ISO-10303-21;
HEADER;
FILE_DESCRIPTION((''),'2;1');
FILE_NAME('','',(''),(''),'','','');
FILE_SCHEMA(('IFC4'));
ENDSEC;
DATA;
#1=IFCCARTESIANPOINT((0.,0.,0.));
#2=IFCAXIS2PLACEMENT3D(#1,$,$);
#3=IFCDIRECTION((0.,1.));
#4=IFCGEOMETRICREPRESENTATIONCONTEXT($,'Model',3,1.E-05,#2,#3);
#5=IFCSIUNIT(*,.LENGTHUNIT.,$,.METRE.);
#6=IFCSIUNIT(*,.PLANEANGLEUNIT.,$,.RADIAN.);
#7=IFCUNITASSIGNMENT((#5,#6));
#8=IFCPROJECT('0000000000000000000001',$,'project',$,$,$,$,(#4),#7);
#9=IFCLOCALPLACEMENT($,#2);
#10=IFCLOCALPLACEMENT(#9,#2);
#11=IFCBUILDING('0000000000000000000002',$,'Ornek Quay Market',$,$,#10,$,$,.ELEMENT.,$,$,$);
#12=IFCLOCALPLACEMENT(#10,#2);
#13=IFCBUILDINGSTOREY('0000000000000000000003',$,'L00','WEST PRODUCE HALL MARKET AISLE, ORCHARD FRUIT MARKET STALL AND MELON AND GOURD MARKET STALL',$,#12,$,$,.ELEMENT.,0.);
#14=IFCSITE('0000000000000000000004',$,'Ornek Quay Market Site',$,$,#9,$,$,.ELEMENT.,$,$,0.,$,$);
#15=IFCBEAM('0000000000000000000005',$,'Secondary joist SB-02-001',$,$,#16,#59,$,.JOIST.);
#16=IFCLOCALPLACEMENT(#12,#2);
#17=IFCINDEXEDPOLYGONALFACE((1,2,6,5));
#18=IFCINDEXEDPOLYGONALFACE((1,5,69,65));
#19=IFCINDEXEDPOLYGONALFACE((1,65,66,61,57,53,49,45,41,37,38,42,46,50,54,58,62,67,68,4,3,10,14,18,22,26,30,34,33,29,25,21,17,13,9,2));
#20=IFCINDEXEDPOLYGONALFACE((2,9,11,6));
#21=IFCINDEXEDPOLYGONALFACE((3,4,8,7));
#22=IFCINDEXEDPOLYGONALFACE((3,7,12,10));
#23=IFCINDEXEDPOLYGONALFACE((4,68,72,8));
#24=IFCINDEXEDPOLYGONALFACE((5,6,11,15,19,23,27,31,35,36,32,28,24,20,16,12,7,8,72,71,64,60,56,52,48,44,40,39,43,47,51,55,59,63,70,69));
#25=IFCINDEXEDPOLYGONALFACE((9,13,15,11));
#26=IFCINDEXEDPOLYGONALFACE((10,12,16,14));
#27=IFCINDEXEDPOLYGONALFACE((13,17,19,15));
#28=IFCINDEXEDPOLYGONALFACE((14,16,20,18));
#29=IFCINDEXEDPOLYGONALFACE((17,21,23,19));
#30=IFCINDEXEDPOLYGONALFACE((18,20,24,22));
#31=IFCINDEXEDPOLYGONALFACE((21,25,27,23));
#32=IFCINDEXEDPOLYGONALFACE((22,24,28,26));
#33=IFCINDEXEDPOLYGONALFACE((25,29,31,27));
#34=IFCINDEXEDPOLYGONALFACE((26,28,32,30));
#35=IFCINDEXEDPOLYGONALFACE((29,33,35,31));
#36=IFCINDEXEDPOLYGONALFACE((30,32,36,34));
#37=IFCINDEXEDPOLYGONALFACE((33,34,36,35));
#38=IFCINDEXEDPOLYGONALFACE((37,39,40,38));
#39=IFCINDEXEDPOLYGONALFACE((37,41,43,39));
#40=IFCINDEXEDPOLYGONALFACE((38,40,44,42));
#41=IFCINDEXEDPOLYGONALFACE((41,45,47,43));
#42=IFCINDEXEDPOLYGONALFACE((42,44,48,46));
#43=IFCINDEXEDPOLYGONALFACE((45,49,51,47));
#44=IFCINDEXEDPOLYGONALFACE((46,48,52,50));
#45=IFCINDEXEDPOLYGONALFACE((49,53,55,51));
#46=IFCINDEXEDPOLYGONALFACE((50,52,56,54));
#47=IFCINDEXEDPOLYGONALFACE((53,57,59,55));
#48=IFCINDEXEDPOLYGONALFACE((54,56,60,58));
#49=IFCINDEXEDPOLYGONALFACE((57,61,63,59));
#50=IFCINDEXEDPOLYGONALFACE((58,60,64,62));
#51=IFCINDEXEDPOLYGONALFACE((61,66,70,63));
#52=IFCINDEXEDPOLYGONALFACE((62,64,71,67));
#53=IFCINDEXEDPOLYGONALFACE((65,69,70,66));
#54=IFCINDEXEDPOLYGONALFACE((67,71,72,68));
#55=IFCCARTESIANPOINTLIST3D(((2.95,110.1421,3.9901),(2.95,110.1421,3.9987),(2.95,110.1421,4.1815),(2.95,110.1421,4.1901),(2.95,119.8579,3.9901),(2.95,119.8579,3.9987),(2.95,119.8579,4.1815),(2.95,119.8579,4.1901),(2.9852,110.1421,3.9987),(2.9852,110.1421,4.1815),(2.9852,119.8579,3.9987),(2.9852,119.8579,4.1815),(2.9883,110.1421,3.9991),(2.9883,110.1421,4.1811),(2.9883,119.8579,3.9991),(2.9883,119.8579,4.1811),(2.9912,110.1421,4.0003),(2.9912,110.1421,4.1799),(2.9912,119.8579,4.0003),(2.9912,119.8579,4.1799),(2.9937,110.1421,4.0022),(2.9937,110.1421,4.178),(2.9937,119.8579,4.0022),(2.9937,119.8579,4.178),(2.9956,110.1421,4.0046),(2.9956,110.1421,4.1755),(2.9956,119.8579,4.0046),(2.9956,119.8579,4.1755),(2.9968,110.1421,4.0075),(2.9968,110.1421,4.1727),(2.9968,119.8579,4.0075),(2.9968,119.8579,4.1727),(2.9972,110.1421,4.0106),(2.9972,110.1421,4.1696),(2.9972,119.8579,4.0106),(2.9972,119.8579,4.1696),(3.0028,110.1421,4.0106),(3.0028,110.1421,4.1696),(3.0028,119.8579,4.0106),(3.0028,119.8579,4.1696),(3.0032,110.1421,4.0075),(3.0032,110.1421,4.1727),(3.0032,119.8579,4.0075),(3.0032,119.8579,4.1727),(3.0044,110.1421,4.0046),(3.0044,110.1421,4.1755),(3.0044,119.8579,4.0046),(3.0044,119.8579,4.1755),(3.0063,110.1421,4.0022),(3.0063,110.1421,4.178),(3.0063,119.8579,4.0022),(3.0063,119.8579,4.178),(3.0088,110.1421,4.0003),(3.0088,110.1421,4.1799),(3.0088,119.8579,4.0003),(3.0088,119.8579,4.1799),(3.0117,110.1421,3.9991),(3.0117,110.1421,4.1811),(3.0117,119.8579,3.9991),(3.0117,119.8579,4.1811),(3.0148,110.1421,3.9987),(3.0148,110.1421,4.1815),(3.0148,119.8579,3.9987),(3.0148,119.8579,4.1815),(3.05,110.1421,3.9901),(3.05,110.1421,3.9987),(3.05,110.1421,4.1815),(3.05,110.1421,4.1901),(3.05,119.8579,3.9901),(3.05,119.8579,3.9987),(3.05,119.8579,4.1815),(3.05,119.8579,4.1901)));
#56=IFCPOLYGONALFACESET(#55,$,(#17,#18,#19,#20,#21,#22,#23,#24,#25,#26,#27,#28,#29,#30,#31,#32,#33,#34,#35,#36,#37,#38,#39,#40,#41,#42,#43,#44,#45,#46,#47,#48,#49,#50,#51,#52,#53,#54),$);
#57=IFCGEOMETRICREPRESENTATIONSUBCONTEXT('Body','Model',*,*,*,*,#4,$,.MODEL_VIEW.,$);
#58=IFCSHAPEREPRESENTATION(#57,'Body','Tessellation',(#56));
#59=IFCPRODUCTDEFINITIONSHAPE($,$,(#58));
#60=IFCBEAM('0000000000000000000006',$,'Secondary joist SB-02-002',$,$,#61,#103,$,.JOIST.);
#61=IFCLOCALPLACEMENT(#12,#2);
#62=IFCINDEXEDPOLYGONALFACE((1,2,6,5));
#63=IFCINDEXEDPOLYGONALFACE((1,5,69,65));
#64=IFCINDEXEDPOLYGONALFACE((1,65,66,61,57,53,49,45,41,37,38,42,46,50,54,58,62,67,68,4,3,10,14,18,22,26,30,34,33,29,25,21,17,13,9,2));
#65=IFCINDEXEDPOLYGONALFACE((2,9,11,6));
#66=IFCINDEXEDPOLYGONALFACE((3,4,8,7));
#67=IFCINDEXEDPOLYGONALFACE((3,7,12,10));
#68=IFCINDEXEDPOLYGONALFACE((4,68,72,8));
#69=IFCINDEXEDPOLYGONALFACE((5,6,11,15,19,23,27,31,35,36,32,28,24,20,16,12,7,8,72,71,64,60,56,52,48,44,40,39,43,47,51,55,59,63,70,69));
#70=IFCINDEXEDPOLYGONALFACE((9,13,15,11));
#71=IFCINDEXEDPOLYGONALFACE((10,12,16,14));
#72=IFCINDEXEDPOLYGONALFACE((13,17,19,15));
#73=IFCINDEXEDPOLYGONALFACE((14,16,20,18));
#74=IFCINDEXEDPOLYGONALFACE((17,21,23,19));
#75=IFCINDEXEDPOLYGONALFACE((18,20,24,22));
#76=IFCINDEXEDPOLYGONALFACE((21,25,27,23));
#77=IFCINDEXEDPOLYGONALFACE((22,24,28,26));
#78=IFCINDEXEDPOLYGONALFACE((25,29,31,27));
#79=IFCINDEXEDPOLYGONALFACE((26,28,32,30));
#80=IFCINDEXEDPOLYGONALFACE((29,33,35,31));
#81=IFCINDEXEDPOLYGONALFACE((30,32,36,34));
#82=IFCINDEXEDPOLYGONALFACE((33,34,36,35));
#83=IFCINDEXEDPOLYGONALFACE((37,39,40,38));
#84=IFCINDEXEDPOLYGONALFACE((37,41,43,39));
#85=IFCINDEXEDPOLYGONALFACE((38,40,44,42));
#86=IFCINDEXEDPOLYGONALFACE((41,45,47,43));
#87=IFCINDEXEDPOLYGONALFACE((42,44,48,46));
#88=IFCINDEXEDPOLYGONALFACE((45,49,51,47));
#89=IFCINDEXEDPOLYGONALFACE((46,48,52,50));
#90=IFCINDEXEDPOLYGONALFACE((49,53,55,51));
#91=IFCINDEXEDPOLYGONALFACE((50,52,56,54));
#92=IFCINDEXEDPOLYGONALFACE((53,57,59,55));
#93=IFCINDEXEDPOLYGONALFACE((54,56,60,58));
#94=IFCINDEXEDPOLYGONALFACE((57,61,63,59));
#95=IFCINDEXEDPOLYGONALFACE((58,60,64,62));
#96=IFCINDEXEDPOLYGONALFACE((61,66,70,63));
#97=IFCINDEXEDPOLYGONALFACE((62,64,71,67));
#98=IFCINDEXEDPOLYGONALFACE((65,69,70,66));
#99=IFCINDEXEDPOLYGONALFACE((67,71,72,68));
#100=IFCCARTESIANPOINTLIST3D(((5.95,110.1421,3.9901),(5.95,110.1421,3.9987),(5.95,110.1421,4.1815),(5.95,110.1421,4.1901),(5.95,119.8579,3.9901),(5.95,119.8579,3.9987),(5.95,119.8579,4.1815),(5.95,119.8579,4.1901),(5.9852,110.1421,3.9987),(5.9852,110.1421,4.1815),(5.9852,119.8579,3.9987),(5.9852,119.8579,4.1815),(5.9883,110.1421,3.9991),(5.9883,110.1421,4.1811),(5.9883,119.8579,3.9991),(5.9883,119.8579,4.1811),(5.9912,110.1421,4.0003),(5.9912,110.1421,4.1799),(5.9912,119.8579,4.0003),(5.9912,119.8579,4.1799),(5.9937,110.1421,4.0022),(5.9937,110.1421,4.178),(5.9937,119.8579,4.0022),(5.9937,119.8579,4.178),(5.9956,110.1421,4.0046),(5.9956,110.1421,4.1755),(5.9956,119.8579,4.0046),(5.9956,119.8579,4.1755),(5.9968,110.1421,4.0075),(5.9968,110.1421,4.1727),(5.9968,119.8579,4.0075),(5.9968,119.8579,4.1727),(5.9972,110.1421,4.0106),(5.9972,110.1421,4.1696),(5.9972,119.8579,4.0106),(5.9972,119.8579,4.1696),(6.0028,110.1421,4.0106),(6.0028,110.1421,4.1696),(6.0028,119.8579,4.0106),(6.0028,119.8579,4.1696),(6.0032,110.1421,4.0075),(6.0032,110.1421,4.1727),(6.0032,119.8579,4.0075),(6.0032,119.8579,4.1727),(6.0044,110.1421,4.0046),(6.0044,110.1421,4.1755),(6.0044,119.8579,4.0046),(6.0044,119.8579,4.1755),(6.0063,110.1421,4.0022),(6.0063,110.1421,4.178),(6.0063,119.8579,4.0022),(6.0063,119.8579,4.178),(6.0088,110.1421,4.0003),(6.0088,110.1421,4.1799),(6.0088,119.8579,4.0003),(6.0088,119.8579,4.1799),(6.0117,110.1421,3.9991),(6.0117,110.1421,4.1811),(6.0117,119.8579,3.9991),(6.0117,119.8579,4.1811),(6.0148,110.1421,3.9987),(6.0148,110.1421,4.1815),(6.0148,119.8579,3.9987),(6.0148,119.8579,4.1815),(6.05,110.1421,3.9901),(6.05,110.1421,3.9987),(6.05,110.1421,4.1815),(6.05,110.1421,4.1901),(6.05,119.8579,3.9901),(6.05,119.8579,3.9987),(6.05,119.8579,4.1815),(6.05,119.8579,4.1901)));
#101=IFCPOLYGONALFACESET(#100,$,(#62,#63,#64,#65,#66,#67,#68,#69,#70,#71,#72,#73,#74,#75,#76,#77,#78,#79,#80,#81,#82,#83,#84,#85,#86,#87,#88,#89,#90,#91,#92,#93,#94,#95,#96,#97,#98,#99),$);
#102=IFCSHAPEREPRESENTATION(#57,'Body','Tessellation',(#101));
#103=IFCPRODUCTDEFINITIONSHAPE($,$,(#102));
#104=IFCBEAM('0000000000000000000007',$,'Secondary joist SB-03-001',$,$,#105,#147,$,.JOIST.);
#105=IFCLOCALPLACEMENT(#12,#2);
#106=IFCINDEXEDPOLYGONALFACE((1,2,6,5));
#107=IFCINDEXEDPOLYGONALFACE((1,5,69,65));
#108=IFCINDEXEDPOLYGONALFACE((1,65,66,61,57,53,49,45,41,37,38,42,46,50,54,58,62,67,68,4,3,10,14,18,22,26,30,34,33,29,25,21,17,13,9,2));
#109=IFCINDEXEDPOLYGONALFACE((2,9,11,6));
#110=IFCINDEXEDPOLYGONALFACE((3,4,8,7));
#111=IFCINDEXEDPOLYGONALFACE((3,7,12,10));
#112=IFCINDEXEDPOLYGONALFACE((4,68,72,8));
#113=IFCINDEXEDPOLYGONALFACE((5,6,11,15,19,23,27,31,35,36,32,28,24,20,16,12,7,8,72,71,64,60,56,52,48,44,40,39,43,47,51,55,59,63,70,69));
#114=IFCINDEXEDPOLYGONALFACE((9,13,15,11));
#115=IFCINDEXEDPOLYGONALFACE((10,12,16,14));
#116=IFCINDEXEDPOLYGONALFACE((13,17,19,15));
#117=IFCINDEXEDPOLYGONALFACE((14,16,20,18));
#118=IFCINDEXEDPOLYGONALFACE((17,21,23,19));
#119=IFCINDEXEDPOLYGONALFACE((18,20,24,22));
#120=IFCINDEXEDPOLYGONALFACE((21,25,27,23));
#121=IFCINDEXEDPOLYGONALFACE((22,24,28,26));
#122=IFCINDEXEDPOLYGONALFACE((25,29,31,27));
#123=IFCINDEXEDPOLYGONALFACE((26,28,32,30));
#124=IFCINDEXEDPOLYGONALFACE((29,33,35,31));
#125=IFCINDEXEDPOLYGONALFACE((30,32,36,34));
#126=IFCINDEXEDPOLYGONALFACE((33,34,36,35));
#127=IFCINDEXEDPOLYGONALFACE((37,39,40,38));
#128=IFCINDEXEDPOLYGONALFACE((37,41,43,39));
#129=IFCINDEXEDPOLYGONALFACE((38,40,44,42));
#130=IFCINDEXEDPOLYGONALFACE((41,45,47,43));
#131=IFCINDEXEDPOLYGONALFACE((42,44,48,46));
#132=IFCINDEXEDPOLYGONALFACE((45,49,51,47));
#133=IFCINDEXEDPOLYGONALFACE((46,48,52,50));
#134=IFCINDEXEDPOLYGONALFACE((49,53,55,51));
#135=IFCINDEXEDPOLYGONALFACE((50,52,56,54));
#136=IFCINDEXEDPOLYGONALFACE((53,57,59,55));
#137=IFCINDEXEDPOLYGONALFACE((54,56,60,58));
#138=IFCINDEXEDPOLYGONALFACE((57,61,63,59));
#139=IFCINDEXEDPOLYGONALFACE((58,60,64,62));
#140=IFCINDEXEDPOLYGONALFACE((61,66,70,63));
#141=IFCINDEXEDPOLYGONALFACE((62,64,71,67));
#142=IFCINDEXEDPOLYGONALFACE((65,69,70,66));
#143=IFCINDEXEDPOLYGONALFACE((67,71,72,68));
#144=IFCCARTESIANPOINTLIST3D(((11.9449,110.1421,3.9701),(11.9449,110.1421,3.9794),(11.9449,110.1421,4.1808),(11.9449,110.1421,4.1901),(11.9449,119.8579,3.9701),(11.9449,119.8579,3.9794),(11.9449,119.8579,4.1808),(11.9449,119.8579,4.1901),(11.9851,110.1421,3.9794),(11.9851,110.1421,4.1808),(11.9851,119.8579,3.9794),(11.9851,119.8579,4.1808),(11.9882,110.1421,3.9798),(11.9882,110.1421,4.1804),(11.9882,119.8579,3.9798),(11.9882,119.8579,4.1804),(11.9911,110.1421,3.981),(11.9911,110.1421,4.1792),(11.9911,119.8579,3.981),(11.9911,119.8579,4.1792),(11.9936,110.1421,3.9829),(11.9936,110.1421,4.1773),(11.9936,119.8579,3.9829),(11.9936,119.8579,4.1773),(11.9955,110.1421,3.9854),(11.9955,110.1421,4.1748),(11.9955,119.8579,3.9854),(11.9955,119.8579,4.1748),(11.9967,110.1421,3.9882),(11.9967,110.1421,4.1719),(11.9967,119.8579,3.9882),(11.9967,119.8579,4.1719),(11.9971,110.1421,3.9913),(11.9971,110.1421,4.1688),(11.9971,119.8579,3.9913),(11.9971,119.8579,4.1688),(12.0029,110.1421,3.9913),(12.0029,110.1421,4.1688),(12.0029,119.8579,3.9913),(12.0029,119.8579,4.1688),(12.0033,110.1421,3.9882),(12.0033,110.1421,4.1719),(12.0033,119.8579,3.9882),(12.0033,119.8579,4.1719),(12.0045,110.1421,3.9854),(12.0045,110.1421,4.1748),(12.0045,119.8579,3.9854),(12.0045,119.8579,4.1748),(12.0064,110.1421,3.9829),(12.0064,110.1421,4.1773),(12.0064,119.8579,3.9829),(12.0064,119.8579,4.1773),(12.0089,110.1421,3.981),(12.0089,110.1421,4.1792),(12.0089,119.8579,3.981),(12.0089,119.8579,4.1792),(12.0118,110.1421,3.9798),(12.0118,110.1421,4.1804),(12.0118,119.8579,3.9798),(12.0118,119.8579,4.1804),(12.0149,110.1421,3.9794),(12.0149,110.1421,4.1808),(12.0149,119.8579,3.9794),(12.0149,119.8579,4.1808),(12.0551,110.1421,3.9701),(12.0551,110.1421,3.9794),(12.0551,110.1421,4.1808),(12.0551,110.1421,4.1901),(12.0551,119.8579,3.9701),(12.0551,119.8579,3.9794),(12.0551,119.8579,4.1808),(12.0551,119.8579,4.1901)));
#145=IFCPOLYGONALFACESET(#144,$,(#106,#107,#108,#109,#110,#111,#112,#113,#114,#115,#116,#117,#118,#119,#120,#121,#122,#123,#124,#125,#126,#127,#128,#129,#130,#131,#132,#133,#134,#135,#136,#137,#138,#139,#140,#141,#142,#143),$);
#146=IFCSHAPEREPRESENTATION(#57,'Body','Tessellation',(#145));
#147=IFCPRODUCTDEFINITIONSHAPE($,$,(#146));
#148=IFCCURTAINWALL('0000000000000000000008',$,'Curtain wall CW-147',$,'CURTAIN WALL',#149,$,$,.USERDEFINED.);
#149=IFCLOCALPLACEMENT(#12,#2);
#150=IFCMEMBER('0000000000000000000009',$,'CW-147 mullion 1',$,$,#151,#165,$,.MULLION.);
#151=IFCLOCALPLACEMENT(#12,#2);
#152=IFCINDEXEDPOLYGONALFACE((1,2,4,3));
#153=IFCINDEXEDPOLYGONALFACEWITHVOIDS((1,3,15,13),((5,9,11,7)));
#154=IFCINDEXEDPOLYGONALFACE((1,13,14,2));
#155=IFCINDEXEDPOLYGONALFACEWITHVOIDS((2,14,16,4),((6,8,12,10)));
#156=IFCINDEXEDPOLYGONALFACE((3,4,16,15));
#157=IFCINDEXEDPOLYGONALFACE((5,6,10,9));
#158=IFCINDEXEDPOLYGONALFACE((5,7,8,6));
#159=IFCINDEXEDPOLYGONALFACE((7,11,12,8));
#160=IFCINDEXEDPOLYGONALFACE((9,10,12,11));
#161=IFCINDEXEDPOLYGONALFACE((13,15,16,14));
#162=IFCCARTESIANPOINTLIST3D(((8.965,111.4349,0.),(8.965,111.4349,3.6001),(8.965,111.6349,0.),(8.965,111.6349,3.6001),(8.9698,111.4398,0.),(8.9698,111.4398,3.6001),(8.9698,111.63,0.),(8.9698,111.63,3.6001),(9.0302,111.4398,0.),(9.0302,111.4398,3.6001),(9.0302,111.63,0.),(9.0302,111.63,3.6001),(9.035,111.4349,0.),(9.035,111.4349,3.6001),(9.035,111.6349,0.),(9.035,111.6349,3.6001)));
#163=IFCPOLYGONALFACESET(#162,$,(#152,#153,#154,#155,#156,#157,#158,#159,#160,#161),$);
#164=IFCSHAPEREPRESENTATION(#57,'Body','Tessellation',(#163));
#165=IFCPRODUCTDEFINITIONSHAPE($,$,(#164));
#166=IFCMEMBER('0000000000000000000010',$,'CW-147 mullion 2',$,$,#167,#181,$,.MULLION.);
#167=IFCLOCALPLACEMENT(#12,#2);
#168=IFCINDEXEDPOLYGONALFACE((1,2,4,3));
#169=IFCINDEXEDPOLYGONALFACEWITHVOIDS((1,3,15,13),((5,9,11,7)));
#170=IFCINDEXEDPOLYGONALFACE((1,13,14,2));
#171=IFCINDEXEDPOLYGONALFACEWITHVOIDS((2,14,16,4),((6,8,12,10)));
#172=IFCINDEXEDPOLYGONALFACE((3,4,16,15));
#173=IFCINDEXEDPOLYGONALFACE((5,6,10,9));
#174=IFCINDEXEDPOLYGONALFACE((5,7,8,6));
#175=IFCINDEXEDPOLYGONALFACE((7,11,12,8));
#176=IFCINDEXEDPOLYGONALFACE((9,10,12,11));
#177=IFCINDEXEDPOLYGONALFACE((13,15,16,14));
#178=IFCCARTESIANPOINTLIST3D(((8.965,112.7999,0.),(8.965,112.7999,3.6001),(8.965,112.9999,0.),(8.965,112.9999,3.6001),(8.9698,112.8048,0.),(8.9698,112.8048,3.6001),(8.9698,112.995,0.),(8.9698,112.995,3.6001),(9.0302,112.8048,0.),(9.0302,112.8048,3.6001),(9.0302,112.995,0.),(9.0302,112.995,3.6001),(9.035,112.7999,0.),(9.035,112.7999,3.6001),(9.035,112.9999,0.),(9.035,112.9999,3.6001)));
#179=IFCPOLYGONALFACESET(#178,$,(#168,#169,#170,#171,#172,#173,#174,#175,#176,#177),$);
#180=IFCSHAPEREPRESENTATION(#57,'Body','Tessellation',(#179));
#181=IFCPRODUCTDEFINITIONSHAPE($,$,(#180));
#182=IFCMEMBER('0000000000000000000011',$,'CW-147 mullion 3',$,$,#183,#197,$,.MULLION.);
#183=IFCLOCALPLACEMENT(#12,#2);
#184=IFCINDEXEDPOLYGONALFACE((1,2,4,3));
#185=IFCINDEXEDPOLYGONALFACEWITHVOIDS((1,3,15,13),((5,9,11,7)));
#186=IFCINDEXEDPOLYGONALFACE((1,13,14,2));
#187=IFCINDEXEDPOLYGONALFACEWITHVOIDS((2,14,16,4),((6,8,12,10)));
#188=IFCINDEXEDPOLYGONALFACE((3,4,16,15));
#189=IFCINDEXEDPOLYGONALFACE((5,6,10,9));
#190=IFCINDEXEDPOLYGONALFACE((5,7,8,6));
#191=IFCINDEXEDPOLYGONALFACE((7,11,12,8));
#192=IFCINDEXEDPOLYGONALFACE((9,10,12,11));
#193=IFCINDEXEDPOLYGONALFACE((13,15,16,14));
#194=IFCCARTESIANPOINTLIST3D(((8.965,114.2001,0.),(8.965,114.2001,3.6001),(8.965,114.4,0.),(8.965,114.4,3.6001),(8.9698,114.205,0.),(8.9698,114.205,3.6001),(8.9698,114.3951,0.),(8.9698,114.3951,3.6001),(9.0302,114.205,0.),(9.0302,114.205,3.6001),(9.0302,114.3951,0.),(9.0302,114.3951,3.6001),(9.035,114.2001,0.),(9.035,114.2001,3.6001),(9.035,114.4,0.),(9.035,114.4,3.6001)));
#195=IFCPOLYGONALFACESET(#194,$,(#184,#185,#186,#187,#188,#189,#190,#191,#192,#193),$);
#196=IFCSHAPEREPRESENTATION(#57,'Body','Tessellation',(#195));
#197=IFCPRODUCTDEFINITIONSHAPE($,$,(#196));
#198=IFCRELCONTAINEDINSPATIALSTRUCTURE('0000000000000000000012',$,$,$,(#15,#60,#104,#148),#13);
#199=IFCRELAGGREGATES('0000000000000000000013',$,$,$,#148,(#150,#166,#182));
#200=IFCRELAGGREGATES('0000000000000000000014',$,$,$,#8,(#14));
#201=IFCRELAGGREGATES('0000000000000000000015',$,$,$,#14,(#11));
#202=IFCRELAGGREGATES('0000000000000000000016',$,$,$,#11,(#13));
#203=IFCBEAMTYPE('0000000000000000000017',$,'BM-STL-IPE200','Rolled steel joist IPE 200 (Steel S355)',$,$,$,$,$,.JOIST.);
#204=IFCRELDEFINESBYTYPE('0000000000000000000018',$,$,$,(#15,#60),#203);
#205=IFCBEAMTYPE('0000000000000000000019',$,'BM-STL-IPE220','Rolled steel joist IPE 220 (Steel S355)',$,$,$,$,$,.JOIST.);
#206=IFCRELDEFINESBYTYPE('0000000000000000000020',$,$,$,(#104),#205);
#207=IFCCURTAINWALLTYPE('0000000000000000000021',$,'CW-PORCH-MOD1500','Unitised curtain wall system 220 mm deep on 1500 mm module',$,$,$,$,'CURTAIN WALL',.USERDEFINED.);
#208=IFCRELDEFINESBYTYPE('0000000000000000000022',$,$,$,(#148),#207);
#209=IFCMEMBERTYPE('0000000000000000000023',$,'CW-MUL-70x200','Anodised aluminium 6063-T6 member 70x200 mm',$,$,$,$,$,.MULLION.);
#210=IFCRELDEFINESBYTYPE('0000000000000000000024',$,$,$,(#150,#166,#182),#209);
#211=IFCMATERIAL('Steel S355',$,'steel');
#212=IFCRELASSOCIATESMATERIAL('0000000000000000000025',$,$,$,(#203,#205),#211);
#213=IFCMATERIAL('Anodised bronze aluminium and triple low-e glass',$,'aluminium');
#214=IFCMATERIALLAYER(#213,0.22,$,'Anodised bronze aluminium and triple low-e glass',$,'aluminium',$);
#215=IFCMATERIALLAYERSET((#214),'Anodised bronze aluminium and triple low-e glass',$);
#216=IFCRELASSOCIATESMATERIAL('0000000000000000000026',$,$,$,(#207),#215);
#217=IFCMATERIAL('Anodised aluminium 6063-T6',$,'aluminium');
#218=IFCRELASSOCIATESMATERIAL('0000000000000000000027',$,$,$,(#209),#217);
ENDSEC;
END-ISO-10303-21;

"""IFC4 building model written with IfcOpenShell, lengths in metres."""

from ifc_helpers import new_model, si_unit, direction, frame, origin, origin_2d, place, context, subcontext, project, spatial, hollow_rectangle, i_section, extrude, material, layer, layer_set, material_profile, profile_set, type_object, element, aggregate, save


model = new_model("IFC4")

# Units and contexts
model_context = context("Model", 3, precision=1e-05, world=origin(), true_north=direction((0.0, 1.0)))
body_context = subcontext(model_context, "Body", "Model", "MODEL_VIEW")
ifc_project = project(units=[si_unit("LENGTHUNIT", "METRE"), si_unit("PLANEANGLEUNIT", "RADIAN")], contexts=[model_context])

# Site, building, storey
site_placement = place(None, origin())
site = spatial("IfcSite", under=ifc_project, at=site_placement, Name="Ornek Quay Market Site", CompositionType="ELEMENT", RefElevation=0.0)
building_placement = place(site_placement, origin())
building = spatial("IfcBuilding", under=site, at=building_placement, Name="Ornek Quay Market", CompositionType="ELEMENT")
storey_placement = place(building_placement, origin())
storey = spatial("IfcBuildingStorey", under=building, at=storey_placement, Name="L00", Description="WEST PRODUCE HALL MARKET AISLE, ORCHARD FRUIT MARKET STALL AND MELON AND GOURD MARKET STALL", CompositionType="ELEMENT", Elevation=0.0)

# Beams
ifc_material_1 = material(Name="Steel S355", Category="steel")
ifc_material_profile_1 = material_profile(ifc_material_1, i_section(OverallWidth=0.1001, OverallDepth=0.2, WebThickness=0.0056, FlangeThickness=0.0085, FilletRadius=0.012, at=origin_2d()), Name="IPE 200", Category="steel")
ifc_profile_set_1 = profile_set([ifc_material_profile_1], Name="Steel S355")
beam_type_1 = type_object("IfcBeamType", Name="BM-STL-IPE200", Description="Rolled steel joist IPE 200 (Steel S355)", PredefinedType="JOIST", material=ifc_profile_set_1)
for number, where, z_axis, x_axis, name in (
    (1, (3.0, 110.1421, 4.0901), (0.0, 1.0, 0.0), (-1.0, 0.0, 0.0), "Secondary joist SB-02-001"),
    (2, (6.0, 110.1421, 4.0901), (0.0, 1.0, 0.0), (-1.0, 0.0, 0.0), "Secondary joist SB-02-002"),
):
    element("IfcBeam", number, at=place(storey_placement, frame(where, z_axis=z_axis, x_axis=x_axis)), inside=storey, type_object=beam_type_1, Name=name, PredefinedType="JOIST", context=body_context, shape_type="SweptSolid", body=[
        extrude(i_section(OverallWidth=0.1001, OverallDepth=0.2, WebThickness=0.0056, FlangeThickness=0.0085, FilletRadius=0.012, at=origin_2d()), origin(), (0.0, 0.0, 1.0), 9.7158),
    ])
ifc_material_profile_2 = material_profile(ifc_material_1, i_section(OverallWidth=0.1101, OverallDepth=0.22, WebThickness=0.0059, FlangeThickness=0.0093, FilletRadius=0.012, at=origin_2d()), Name="IPE 220", Category="steel")
ifc_profile_set_2 = profile_set([ifc_material_profile_2], Name="Steel S355")
beam_type_2 = type_object("IfcBeamType", Name="BM-STL-IPE220", Description="Rolled steel joist IPE 220 (Steel S355)", PredefinedType="JOIST", material=ifc_profile_set_2)
beam_placement = place(storey_placement, frame((12.0, 110.1421, 4.0801), z_axis=(0.0, 1.0, 0.0), x_axis=(-1.0, 0.0, 0.0)))
element("IfcBeam", 3, at=beam_placement, inside=storey, type_object=beam_type_2, Name="Secondary joist SB-03-001", PredefinedType="JOIST", context=body_context, shape_type="SweptSolid", body=[
    extrude(i_section(OverallWidth=0.1101, OverallDepth=0.22, WebThickness=0.0059, FlangeThickness=0.0093, FilletRadius=0.012, at=origin_2d()), origin(), (0.0, 0.0, 1.0), 9.7158),
])

# Curtain wall, members
ifc_material_2 = material(Name="Anodised bronze aluminium and triple low-e glass", Category="aluminium")
ifc_layer_1 = layer(ifc_material_2, 0.22, Name="Anodised bronze aluminium and triple low-e glass", Category="aluminium")
ifc_layer_set_1 = layer_set([ifc_layer_1], Name="Anodised bronze aluminium and triple low-e glass")
curtain_wall_type_1 = type_object("IfcCurtainWallType", Name="CW-PORCH-MOD1500", Description="Unitised curtain wall system 220 mm deep on 1500 mm module", ElementType="CURTAIN WALL", PredefinedType="USERDEFINED", material=ifc_layer_set_1)
curtain_wall_1_placement = place(storey_placement, origin())
curtain_wall_1 = element("IfcCurtainWall", 4, at=curtain_wall_1_placement, inside=storey, type_object=curtain_wall_type_1, Name="Curtain wall CW-147", ObjectType="CURTAIN WALL", PredefinedType="USERDEFINED")
ifc_material_3 = material(Name="Anodised aluminium 6063-T6", Category="aluminium")
ifc_material_profile_3 = material_profile(ifc_material_3, hollow_rectangle(XDim=0.0701, YDim=0.2, WallThickness=0.0049, at=origin_2d()), Name="CW-MUL-70x200", Category="aluminium")
ifc_profile_set_3 = profile_set([ifc_material_profile_3], Name="Anodised aluminium 6063-T6")
member_type_1 = type_object("IfcMemberType", Name="CW-MUL-70x200", Description="Anodised aluminium 6063-T6 member 70x200 mm", PredefinedType="MULLION", material=ifc_profile_set_3)
member_1_placement = place(storey_placement, frame((9.0, 111.5349, 0.0), z_axis=(0.0, 0.0, 1.0), x_axis=(-1.0, 0.0, 0.0)))
member_1 = element("IfcMember", 5, at=member_1_placement, type_object=member_type_1, Name="CW-147 mullion 1", PredefinedType="MULLION", context=body_context, shape_type="SweptSolid", body=[
    extrude(hollow_rectangle(XDim=0.0701, YDim=0.2, WallThickness=0.0049, at=origin_2d()), origin(), (0.0, 0.0, 1.0), 3.6001),
])
member_2_placement = place(storey_placement, frame((9.0, 112.8999, 0.0), z_axis=(0.0, 0.0, 1.0), x_axis=(-1.0, 0.0, 0.0)))
member_2 = element("IfcMember", 6, at=member_2_placement, type_object=member_type_1, Name="CW-147 mullion 2", PredefinedType="MULLION", context=body_context, shape_type="SweptSolid", body=[
    extrude(hollow_rectangle(XDim=0.0701, YDim=0.2, WallThickness=0.0049, at=origin_2d()), origin(), (0.0, 0.0, 1.0), 3.6001),
])
member_3_placement = place(storey_placement, frame((9.0, 114.3, 0.0), z_axis=(0.0, 0.0, 1.0), x_axis=(-1.0, 0.0, 0.0)))
member_3 = element("IfcMember", 7, at=member_3_placement, type_object=member_type_1, Name="CW-147 mullion 3", PredefinedType="MULLION", context=body_context, shape_type="SweptSolid", body=[
    extrude(hollow_rectangle(XDim=0.0701, YDim=0.2, WallThickness=0.0049, at=origin_2d()), origin(), (0.0, 0.0, 1.0), 3.6001),
])

aggregate(curtain_wall_1, [member_1, member_2, member_3])

save(model, "model.ifc")
